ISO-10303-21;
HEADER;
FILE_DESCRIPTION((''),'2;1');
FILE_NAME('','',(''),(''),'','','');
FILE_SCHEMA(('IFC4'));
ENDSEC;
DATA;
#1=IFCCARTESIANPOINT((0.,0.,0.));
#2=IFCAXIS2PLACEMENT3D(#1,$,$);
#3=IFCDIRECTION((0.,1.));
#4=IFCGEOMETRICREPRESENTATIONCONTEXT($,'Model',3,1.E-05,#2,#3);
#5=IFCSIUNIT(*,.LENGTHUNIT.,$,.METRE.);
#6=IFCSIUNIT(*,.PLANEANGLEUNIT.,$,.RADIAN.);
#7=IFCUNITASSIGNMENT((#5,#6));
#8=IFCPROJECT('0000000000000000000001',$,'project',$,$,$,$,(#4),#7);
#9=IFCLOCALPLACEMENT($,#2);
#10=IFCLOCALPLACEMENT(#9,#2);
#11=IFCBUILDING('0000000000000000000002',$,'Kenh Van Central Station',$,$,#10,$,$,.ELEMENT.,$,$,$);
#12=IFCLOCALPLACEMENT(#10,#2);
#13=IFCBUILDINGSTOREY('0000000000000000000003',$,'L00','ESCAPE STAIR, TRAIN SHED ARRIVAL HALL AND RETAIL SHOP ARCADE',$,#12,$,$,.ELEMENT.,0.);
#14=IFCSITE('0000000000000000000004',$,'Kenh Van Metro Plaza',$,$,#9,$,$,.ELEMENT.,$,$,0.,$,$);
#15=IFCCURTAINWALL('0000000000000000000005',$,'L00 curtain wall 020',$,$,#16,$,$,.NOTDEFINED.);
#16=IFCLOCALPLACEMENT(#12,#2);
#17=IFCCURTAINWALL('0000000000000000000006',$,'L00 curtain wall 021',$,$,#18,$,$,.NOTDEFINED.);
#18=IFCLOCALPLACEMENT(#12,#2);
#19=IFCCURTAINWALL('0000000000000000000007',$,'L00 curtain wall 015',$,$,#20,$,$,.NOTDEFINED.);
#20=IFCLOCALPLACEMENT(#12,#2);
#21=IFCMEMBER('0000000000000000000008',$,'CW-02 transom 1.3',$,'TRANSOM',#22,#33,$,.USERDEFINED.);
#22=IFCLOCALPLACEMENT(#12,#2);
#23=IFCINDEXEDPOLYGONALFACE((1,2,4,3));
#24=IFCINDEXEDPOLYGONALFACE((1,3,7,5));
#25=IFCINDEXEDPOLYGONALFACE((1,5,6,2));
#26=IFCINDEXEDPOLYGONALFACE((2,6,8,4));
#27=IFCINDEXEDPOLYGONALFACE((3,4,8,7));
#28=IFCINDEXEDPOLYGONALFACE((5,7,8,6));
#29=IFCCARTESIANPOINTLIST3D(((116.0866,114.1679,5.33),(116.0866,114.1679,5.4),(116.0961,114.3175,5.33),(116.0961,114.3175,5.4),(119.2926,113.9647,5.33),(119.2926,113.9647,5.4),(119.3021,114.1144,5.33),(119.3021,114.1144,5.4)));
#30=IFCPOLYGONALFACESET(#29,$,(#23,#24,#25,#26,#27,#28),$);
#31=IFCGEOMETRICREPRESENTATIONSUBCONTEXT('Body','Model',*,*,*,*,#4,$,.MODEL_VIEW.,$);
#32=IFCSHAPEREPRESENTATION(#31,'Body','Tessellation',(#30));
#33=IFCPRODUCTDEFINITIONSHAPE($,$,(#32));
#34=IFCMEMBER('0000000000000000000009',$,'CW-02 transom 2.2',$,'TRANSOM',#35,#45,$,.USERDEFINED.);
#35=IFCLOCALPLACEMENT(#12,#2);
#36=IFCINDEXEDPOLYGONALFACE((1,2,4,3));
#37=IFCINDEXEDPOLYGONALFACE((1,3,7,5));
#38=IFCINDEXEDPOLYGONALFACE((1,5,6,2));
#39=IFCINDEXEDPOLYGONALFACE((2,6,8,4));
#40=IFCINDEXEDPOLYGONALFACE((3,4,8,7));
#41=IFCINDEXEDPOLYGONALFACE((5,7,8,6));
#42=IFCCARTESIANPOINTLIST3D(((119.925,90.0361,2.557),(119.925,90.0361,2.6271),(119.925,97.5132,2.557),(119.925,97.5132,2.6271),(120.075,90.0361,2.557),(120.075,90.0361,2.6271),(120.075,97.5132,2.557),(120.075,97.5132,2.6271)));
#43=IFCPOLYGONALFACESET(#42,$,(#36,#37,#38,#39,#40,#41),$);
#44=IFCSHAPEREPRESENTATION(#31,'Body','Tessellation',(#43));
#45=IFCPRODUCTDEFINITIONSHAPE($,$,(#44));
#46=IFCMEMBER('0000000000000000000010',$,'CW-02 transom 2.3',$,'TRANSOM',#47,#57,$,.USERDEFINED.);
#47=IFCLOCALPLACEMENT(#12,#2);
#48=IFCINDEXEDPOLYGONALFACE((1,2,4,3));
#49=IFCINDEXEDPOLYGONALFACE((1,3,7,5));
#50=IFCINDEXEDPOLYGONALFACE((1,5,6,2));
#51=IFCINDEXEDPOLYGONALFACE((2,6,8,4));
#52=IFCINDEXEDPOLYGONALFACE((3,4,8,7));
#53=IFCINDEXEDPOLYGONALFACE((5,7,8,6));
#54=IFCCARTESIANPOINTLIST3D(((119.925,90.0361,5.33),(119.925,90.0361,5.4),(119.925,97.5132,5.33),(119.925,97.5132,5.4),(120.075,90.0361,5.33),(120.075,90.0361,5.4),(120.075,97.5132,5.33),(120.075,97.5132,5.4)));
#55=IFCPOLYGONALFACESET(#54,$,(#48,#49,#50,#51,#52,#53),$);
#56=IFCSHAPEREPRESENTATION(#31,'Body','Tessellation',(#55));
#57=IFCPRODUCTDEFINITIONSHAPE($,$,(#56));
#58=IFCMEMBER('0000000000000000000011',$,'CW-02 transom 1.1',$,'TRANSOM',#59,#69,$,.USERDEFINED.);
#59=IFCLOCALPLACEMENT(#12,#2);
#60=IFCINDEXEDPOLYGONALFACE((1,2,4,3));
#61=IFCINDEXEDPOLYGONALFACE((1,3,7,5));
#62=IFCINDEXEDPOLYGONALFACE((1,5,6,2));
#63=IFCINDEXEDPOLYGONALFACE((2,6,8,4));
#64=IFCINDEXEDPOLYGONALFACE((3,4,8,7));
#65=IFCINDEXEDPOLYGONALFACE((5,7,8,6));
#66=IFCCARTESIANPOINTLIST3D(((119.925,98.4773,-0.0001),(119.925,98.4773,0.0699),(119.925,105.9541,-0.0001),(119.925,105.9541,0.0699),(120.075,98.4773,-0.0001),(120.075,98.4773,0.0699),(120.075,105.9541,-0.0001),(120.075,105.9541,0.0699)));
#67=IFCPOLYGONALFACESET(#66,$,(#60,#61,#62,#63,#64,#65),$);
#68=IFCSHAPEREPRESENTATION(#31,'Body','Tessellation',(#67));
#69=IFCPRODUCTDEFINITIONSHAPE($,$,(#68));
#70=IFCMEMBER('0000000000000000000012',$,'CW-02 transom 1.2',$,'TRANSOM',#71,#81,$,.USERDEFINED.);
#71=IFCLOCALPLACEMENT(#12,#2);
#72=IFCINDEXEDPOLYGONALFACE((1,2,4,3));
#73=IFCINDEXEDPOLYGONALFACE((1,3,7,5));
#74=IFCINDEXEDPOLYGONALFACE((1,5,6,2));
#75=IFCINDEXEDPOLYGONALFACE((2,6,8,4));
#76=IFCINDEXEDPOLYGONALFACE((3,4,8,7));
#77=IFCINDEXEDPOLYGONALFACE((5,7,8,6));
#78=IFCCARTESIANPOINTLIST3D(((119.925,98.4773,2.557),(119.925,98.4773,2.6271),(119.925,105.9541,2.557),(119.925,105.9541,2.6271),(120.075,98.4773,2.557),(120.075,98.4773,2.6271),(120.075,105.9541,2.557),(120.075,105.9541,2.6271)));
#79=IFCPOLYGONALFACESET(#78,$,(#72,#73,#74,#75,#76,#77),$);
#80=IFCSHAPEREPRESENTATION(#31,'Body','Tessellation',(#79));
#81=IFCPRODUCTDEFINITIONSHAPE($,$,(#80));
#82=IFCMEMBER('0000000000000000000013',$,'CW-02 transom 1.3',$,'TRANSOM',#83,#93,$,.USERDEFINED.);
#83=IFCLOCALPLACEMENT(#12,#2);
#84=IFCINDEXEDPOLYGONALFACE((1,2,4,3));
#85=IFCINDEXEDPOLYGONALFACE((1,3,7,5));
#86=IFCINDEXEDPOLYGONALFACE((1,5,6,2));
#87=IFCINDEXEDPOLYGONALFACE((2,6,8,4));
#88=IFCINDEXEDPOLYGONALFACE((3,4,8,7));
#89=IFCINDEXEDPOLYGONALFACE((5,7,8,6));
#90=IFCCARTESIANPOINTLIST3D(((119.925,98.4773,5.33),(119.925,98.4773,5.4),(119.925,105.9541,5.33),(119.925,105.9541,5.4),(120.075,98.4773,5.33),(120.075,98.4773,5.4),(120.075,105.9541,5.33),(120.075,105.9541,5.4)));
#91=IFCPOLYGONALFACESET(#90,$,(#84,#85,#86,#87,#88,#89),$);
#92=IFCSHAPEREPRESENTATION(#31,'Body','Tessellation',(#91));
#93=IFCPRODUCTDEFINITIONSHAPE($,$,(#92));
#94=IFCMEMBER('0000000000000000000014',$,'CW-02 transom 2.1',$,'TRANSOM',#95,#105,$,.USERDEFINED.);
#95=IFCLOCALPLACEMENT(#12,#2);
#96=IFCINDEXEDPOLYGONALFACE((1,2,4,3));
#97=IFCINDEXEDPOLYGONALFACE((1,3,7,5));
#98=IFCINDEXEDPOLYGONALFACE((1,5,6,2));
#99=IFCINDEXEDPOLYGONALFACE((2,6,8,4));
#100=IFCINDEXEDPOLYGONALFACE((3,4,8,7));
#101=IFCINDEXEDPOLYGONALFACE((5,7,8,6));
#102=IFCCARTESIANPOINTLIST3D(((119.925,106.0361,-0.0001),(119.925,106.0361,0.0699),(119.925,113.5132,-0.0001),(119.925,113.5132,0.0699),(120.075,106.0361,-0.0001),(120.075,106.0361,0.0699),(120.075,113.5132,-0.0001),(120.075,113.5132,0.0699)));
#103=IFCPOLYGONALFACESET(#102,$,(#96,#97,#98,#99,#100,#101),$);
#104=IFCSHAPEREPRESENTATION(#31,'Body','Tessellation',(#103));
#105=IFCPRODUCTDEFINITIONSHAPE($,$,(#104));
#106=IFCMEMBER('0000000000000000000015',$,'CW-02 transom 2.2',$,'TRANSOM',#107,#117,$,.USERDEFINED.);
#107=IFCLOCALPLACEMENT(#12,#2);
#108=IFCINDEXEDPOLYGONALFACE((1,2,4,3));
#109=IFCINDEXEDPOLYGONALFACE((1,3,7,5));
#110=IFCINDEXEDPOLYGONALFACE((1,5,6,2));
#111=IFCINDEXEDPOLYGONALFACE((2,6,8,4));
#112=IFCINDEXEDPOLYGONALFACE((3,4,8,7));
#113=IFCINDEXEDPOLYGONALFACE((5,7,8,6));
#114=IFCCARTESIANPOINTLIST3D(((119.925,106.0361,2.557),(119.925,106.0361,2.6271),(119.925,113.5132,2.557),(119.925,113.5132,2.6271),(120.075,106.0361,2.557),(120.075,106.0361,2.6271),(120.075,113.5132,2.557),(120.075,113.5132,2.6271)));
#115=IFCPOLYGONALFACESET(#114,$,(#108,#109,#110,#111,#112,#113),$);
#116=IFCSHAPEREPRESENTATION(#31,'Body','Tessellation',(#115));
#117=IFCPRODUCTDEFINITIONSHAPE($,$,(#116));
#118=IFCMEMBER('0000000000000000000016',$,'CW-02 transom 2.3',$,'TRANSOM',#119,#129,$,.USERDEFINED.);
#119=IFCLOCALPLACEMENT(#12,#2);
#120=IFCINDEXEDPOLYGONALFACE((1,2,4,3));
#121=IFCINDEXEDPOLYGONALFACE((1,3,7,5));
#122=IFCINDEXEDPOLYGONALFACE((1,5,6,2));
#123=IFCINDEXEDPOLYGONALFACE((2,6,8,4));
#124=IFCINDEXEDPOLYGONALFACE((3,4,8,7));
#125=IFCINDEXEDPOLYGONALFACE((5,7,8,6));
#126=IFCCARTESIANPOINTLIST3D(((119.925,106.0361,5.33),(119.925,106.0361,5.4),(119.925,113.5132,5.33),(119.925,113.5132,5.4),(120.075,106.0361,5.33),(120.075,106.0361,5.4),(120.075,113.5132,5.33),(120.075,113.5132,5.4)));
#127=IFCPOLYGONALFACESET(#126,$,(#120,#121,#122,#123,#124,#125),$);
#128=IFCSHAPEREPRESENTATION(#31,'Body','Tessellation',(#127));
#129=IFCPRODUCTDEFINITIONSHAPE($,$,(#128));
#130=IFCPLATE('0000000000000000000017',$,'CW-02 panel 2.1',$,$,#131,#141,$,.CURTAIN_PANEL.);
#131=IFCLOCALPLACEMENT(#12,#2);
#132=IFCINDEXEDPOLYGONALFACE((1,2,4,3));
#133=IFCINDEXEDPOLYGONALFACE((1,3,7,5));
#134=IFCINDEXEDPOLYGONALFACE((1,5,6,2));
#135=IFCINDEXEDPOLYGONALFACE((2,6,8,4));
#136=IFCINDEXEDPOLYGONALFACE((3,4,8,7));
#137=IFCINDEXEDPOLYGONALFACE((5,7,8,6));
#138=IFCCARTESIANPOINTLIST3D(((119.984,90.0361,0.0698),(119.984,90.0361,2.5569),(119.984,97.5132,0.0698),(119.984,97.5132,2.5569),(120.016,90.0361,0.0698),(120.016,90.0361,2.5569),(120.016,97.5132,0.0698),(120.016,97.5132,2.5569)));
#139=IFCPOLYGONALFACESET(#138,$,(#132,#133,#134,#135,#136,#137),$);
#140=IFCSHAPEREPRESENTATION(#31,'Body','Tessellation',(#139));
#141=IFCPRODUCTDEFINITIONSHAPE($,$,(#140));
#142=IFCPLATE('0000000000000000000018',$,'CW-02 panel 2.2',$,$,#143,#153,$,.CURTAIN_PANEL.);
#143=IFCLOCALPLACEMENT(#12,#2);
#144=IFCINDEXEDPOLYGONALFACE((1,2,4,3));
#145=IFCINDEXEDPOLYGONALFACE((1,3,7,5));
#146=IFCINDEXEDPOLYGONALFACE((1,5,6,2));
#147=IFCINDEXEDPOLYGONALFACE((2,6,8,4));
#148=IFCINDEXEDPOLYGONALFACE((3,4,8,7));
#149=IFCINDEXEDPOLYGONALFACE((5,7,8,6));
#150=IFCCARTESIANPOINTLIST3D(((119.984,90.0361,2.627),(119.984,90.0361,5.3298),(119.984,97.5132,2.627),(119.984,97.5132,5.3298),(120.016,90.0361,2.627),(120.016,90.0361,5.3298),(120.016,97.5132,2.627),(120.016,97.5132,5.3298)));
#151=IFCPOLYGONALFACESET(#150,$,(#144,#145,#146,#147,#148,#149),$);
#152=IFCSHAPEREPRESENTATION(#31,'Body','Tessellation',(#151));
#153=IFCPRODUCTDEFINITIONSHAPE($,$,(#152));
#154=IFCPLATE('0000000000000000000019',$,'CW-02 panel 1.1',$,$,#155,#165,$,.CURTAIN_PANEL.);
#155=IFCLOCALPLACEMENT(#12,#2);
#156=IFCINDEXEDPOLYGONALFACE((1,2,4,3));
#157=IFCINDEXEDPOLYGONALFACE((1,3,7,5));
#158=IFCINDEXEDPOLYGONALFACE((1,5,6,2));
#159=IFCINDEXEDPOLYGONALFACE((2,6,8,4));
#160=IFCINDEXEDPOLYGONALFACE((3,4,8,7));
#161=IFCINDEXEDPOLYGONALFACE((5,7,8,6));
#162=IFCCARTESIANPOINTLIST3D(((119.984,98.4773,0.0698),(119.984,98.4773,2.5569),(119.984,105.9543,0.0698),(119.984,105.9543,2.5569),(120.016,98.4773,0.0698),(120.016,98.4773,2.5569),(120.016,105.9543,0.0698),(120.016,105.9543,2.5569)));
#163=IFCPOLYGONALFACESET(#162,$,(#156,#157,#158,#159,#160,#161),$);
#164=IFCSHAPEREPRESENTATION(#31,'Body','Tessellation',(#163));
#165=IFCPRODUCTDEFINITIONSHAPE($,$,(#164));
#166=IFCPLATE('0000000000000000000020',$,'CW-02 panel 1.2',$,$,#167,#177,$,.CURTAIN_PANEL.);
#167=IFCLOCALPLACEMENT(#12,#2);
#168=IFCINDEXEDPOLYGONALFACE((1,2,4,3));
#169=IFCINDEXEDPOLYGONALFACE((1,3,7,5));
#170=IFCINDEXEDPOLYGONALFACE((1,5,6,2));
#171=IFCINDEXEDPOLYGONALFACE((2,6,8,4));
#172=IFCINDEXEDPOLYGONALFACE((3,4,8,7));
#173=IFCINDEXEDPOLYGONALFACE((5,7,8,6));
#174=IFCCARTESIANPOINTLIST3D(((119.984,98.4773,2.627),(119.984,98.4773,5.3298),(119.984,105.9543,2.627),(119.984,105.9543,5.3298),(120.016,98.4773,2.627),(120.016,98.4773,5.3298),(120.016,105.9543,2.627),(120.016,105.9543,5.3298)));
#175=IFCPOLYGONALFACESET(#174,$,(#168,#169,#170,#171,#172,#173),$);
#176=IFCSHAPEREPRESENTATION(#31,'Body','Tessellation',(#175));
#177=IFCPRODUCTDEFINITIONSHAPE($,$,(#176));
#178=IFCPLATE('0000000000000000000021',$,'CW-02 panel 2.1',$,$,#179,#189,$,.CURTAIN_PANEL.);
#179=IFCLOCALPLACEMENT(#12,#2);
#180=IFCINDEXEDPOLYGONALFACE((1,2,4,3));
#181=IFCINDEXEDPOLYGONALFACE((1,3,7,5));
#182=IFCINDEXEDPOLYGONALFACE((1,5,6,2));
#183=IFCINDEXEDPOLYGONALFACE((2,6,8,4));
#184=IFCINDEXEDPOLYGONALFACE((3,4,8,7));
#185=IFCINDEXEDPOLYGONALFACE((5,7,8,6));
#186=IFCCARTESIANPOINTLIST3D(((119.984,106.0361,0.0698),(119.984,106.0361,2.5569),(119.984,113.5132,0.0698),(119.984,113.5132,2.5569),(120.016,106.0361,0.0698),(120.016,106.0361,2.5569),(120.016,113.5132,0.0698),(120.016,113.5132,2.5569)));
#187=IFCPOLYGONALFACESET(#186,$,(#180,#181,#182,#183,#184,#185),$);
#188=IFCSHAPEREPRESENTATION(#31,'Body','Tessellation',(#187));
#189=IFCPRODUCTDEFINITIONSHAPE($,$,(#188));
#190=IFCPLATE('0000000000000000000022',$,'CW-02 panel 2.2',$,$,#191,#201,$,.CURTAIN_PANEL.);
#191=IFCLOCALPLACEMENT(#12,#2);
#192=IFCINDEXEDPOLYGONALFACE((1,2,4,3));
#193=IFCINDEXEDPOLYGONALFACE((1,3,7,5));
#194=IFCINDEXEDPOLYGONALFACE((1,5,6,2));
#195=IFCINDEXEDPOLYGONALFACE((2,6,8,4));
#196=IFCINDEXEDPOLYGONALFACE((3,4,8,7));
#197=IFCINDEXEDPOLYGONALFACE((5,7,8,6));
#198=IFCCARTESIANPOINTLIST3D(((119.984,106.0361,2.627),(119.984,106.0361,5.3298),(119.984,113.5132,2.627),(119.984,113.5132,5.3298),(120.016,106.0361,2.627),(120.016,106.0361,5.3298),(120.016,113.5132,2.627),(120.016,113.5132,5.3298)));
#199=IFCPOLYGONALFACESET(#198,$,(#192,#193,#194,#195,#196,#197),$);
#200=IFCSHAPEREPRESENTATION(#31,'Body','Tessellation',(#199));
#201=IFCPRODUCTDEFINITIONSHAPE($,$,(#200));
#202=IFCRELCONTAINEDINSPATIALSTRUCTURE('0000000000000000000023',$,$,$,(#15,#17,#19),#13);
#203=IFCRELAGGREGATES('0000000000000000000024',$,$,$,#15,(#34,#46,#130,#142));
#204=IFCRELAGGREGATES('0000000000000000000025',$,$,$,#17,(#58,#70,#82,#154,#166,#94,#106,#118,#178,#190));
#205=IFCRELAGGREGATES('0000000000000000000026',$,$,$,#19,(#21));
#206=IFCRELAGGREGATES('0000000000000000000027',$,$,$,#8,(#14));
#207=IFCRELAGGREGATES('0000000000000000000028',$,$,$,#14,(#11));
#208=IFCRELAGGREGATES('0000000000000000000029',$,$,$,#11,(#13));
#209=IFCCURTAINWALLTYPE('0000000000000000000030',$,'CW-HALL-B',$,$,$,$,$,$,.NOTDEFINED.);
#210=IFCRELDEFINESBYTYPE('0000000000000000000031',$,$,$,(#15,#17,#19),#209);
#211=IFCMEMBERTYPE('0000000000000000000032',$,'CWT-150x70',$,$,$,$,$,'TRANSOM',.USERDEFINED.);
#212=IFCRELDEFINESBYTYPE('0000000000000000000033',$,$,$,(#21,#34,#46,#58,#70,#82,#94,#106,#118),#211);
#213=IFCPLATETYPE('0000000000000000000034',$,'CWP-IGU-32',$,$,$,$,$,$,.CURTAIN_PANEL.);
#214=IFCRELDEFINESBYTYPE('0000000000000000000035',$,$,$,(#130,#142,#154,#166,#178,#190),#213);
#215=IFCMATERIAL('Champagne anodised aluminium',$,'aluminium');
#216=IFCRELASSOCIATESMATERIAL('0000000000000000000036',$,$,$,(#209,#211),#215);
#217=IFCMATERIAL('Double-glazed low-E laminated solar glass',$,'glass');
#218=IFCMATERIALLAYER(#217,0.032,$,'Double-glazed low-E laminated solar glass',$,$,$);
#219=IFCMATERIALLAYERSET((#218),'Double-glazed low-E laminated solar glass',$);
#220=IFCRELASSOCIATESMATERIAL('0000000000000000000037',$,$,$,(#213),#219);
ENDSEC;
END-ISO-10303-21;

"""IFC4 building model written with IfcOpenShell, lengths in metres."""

from ifc_helpers import new_model, si_unit, direction, frame, origin, origin_2d, place, context, subcontext, project, spatial, rectangle, extrude, material, layer, layer_set, material_profile, profile_set, type_object, element, aggregate, save


model = new_model("IFC4")

# Units and contexts
model_context = context("Model", 3, precision=1e-05, world=origin(), true_north=direction((0.0, 1.0)))
body_context = subcontext(model_context, "Body", "Model", "MODEL_VIEW")
ifc_project = project(units=[si_unit("LENGTHUNIT", "METRE"), si_unit("PLANEANGLEUNIT", "RADIAN")], contexts=[model_context])

# Site, building, storey
site_placement = place(None, origin())
site = spatial("IfcSite", under=ifc_project, at=site_placement, Name="Kenh Van Metro Plaza", CompositionType="ELEMENT", RefElevation=0.0)
building_placement = place(site_placement, origin())
building = spatial("IfcBuilding", under=site, at=building_placement, Name="Kenh Van Central Station", CompositionType="ELEMENT")
storey_placement = place(building_placement, origin())
storey = spatial("IfcBuildingStorey", under=building, at=storey_placement, Name="L00", Description="ESCAPE STAIR, TRAIN SHED ARRIVAL HALL AND RETAIL SHOP ARCADE", CompositionType="ELEMENT", Elevation=0.0)

# Curtain wall
ifc_material_1 = material(Name="Champagne anodised aluminium", Category="aluminium")
curtain_wall_type = type_object("IfcCurtainWallType", Name="CW-HALL-B", PredefinedType="NOTDEFINED", material=ifc_material_1)
curtain_wall_1_placement = place(storey_placement, origin())
curtain_wall_1 = element("IfcCurtainWall", 1, at=curtain_wall_1_placement, inside=storey, type_object=curtain_wall_type, Name="L00 curtain wall 020", PredefinedType="NOTDEFINED")

# Curtain walls, member
curtain_wall_2_placement = place(storey_placement, origin())
curtain_wall_2 = element("IfcCurtainWall", 2, at=curtain_wall_2_placement, inside=storey, type_object=curtain_wall_type, Name="L00 curtain wall 021", PredefinedType="NOTDEFINED")
curtain_wall_3_placement = place(storey_placement, origin())
curtain_wall_3 = element("IfcCurtainWall", 3, at=curtain_wall_3_placement, inside=storey, type_object=curtain_wall_type, Name="L00 curtain wall 015", PredefinedType="NOTDEFINED")
ifc_material_profile_1 = material_profile(ifc_material_1, rectangle(XDim=0.1499, YDim=0.0701, at=origin_2d()), Name="AL 150x70")
ifc_profile_set_1 = profile_set([ifc_material_profile_1], Name="Champagne anodised aluminium")
member_type_1 = type_object("IfcMemberType", Name="CWT-150x70", ElementType="TRANSOM", PredefinedType="USERDEFINED", material=ifc_profile_set_1)
member_1_placement = place(storey_placement, frame((119.2974, 114.0396, 5.365), z_axis=(-0.997999, 0.06323, 0.0), x_axis=(-0.06323, -0.997999, 0.0)))
member_1 = element("IfcMember", 4, at=member_1_placement, type_object=member_type_1, Name="CW-02 transom 1.3", ObjectType="TRANSOM", PredefinedType="USERDEFINED", context=body_context, shape_type="SweptSolid", body=[
    extrude(rectangle(XDim=0.1499, YDim=0.0701, at=origin_2d()), origin(), (0.0, 0.0, 1.0), 3.2124),
])

# Members
member_2_placement = place(storey_placement, frame((120.0, 90.0361, 2.592), z_axis=(0.0, 1.0, 0.0), x_axis=(-1.0, 0.0, 0.0)))
member_2 = element("IfcMember", 5, at=member_2_placement, type_object=member_type_1, Name="CW-02 transom 2.2", ObjectType="TRANSOM", PredefinedType="USERDEFINED", context=body_context, shape_type="SweptSolid", body=[
    extrude(rectangle(XDim=0.1499, YDim=0.0701, at=origin_2d()), origin(), (0.0, 0.0, 1.0), 7.4771),
])
member_3_placement = place(storey_placement, frame((120.0, 90.0361, 5.365), z_axis=(0.0, 1.0, 0.0), x_axis=(-1.0, 0.0, 0.0)))
member_3 = element("IfcMember", 6, at=member_3_placement, type_object=member_type_1, Name="CW-02 transom 2.3", ObjectType="TRANSOM", PredefinedType="USERDEFINED", context=body_context, shape_type="SweptSolid", body=[
    extrude(rectangle(XDim=0.1499, YDim=0.0701, at=origin_2d()), origin(), (0.0, 0.0, 1.0), 7.4771),
])
member_4_placement = place(storey_placement, frame((120.0, 98.4773, 0.0349), z_axis=(0.0, 1.0, 0.0), x_axis=(-1.0, 0.0, 0.0)))
member_4 = element("IfcMember", 7, at=member_4_placement, type_object=member_type_1, Name="CW-02 transom 1.1", ObjectType="TRANSOM", PredefinedType="USERDEFINED", context=body_context, shape_type="SweptSolid", body=[
    extrude(rectangle(XDim=0.1499, YDim=0.0701, at=origin_2d()), origin(), (0.0, 0.0, 1.0), 7.4768),
])
member_5_placement = place(storey_placement, frame((120.0, 98.4773, 2.592), z_axis=(0.0, 1.0, 0.0), x_axis=(-1.0, 0.0, 0.0)))
member_5 = element("IfcMember", 8, at=member_5_placement, type_object=member_type_1, Name="CW-02 transom 1.2", ObjectType="TRANSOM", PredefinedType="USERDEFINED", context=body_context, shape_type="SweptSolid", body=[
    extrude(rectangle(XDim=0.1499, YDim=0.0701, at=origin_2d()), origin(), (0.0, 0.0, 1.0), 7.4768),
])
member_6_placement = place(storey_placement, frame((120.0, 98.4773, 5.365), z_axis=(0.0, 1.0, 0.0), x_axis=(-1.0, 0.0, 0.0)))
member_6 = element("IfcMember", 9, at=member_6_placement, type_object=member_type_1, Name="CW-02 transom 1.3", ObjectType="TRANSOM", PredefinedType="USERDEFINED", context=body_context, shape_type="SweptSolid", body=[
    extrude(rectangle(XDim=0.1499, YDim=0.0701, at=origin_2d()), origin(), (0.0, 0.0, 1.0), 7.4768),
])
member_7_placement = place(storey_placement, frame((120.0, 106.0361, 0.0349), z_axis=(0.0, 1.0, 0.0), x_axis=(-1.0, 0.0, 0.0)))
member_7 = element("IfcMember", 10, at=member_7_placement, type_object=member_type_1, Name="CW-02 transom 2.1", ObjectType="TRANSOM", PredefinedType="USERDEFINED", context=body_context, shape_type="SweptSolid", body=[
    extrude(rectangle(XDim=0.1499, YDim=0.0701, at=origin_2d()), origin(), (0.0, 0.0, 1.0), 7.4771),
])
member_8_placement = place(storey_placement, frame((120.0, 106.0361, 2.592), z_axis=(0.0, 1.0, 0.0), x_axis=(-1.0, 0.0, 0.0)))
member_8 = element("IfcMember", 11, at=member_8_placement, type_object=member_type_1, Name="CW-02 transom 2.2", ObjectType="TRANSOM", PredefinedType="USERDEFINED", context=body_context, shape_type="SweptSolid", body=[
    extrude(rectangle(XDim=0.1499, YDim=0.0701, at=origin_2d()), origin(), (0.0, 0.0, 1.0), 7.4771),
])
member_9_placement = place(storey_placement, frame((120.0, 106.0361, 5.365), z_axis=(0.0, 1.0, 0.0), x_axis=(-1.0, 0.0, 0.0)))
member_9 = element("IfcMember", 12, at=member_9_placement, type_object=member_type_1, Name="CW-02 transom 2.3", ObjectType="TRANSOM", PredefinedType="USERDEFINED", context=body_context, shape_type="SweptSolid", body=[
    extrude(rectangle(XDim=0.1499, YDim=0.0701, at=origin_2d()), origin(), (0.0, 0.0, 1.0), 7.4771),
])

# Plates
ifc_material_2 = material(Name="Double-glazed low-E laminated solar glass", Category="glass")
ifc_layer_1 = layer(ifc_material_2, 0.032, Name="Double-glazed low-E laminated solar glass")
ifc_layer_set_1 = layer_set([ifc_layer_1], Name="Double-glazed low-E laminated solar glass")
plate_type_1 = type_object("IfcPlateType", Name="CWP-IGU-32", PredefinedType="CURTAIN_PANEL", material=ifc_layer_set_1)
plate_1_placement = place(storey_placement, frame((120.0, 93.7747, 0.0698), z_axis=(0.0, 0.0, 1.0), x_axis=(0.0, 1.0, 0.0)))
plate_1 = element("IfcPlate", 13, at=plate_1_placement, type_object=plate_type_1, Name="CW-02 panel 2.1", PredefinedType="CURTAIN_PANEL", context=body_context, shape_type="SweptSolid", body=[
    extrude(rectangle(XDim=7.4771, YDim=0.032, at=origin_2d()), origin(), (0.0, 0.0, 1.0), 2.4871),
])
plate_2_placement = place(storey_placement, frame((120.0, 93.7747, 2.627), z_axis=(0.0, 0.0, 1.0), x_axis=(0.0, 1.0, 0.0)))
plate_2 = element("IfcPlate", 14, at=plate_2_placement, type_object=plate_type_1, Name="CW-02 panel 2.2", PredefinedType="CURTAIN_PANEL", context=body_context, shape_type="SweptSolid", body=[
    extrude(rectangle(XDim=7.4771, YDim=0.032, at=origin_2d()), origin(), (0.0, 0.0, 1.0), 2.7029),
])
aggregate(curtain_wall_1, [member_2, member_3, plate_1, plate_2])
plate_3_placement = place(storey_placement, frame((120.0, 102.2158, 0.0698), z_axis=(0.0, 0.0, 1.0), x_axis=(0.0, 1.0, 0.0)))
plate_3 = element("IfcPlate", 15, at=plate_3_placement, type_object=plate_type_1, Name="CW-02 panel 1.1", PredefinedType="CURTAIN_PANEL", context=body_context, shape_type="SweptSolid", body=[
    extrude(rectangle(XDim=7.4771, YDim=0.032, at=origin_2d()), origin(), (0.0, 0.0, 1.0), 2.4871),
])
plate_4_placement = place(storey_placement, frame((120.0, 102.2158, 2.627), z_axis=(0.0, 0.0, 1.0), x_axis=(0.0, 1.0, 0.0)))
plate_4 = element("IfcPlate", 16, at=plate_4_placement, type_object=plate_type_1, Name="CW-02 panel 1.2", PredefinedType="CURTAIN_PANEL", context=body_context, shape_type="SweptSolid", body=[
    extrude(rectangle(XDim=7.4771, YDim=0.032, at=origin_2d()), origin(), (0.0, 0.0, 1.0), 2.7029),
])
plate_5_placement = place(storey_placement, frame((120.0, 109.7747, 0.0698), z_axis=(0.0, 0.0, 1.0), x_axis=(0.0, 1.0, 0.0)))
plate_5 = element("IfcPlate", 17, at=plate_5_placement, type_object=plate_type_1, Name="CW-02 panel 2.1", PredefinedType="CURTAIN_PANEL", context=body_context, shape_type="SweptSolid", body=[
    extrude(rectangle(XDim=7.4771, YDim=0.032, at=origin_2d()), origin(), (0.0, 0.0, 1.0), 2.4871),
])
plate_6_placement = place(storey_placement, frame((120.0, 109.7747, 2.627), z_axis=(0.0, 0.0, 1.0), x_axis=(0.0, 1.0, 0.0)))
plate_6 = element("IfcPlate", 18, at=plate_6_placement, type_object=plate_type_1, Name="CW-02 panel 2.2", PredefinedType="CURTAIN_PANEL", context=body_context, shape_type="SweptSolid", body=[
    extrude(rectangle(XDim=7.4771, YDim=0.032, at=origin_2d()), origin(), (0.0, 0.0, 1.0), 2.7029),
])
aggregate(curtain_wall_2, [member_4, member_5, member_6, plate_3, plate_4, member_7, member_8, member_9, plate_5, plate_6])
aggregate(curtain_wall_3, [member_1])

save(model, "model.ifc")
